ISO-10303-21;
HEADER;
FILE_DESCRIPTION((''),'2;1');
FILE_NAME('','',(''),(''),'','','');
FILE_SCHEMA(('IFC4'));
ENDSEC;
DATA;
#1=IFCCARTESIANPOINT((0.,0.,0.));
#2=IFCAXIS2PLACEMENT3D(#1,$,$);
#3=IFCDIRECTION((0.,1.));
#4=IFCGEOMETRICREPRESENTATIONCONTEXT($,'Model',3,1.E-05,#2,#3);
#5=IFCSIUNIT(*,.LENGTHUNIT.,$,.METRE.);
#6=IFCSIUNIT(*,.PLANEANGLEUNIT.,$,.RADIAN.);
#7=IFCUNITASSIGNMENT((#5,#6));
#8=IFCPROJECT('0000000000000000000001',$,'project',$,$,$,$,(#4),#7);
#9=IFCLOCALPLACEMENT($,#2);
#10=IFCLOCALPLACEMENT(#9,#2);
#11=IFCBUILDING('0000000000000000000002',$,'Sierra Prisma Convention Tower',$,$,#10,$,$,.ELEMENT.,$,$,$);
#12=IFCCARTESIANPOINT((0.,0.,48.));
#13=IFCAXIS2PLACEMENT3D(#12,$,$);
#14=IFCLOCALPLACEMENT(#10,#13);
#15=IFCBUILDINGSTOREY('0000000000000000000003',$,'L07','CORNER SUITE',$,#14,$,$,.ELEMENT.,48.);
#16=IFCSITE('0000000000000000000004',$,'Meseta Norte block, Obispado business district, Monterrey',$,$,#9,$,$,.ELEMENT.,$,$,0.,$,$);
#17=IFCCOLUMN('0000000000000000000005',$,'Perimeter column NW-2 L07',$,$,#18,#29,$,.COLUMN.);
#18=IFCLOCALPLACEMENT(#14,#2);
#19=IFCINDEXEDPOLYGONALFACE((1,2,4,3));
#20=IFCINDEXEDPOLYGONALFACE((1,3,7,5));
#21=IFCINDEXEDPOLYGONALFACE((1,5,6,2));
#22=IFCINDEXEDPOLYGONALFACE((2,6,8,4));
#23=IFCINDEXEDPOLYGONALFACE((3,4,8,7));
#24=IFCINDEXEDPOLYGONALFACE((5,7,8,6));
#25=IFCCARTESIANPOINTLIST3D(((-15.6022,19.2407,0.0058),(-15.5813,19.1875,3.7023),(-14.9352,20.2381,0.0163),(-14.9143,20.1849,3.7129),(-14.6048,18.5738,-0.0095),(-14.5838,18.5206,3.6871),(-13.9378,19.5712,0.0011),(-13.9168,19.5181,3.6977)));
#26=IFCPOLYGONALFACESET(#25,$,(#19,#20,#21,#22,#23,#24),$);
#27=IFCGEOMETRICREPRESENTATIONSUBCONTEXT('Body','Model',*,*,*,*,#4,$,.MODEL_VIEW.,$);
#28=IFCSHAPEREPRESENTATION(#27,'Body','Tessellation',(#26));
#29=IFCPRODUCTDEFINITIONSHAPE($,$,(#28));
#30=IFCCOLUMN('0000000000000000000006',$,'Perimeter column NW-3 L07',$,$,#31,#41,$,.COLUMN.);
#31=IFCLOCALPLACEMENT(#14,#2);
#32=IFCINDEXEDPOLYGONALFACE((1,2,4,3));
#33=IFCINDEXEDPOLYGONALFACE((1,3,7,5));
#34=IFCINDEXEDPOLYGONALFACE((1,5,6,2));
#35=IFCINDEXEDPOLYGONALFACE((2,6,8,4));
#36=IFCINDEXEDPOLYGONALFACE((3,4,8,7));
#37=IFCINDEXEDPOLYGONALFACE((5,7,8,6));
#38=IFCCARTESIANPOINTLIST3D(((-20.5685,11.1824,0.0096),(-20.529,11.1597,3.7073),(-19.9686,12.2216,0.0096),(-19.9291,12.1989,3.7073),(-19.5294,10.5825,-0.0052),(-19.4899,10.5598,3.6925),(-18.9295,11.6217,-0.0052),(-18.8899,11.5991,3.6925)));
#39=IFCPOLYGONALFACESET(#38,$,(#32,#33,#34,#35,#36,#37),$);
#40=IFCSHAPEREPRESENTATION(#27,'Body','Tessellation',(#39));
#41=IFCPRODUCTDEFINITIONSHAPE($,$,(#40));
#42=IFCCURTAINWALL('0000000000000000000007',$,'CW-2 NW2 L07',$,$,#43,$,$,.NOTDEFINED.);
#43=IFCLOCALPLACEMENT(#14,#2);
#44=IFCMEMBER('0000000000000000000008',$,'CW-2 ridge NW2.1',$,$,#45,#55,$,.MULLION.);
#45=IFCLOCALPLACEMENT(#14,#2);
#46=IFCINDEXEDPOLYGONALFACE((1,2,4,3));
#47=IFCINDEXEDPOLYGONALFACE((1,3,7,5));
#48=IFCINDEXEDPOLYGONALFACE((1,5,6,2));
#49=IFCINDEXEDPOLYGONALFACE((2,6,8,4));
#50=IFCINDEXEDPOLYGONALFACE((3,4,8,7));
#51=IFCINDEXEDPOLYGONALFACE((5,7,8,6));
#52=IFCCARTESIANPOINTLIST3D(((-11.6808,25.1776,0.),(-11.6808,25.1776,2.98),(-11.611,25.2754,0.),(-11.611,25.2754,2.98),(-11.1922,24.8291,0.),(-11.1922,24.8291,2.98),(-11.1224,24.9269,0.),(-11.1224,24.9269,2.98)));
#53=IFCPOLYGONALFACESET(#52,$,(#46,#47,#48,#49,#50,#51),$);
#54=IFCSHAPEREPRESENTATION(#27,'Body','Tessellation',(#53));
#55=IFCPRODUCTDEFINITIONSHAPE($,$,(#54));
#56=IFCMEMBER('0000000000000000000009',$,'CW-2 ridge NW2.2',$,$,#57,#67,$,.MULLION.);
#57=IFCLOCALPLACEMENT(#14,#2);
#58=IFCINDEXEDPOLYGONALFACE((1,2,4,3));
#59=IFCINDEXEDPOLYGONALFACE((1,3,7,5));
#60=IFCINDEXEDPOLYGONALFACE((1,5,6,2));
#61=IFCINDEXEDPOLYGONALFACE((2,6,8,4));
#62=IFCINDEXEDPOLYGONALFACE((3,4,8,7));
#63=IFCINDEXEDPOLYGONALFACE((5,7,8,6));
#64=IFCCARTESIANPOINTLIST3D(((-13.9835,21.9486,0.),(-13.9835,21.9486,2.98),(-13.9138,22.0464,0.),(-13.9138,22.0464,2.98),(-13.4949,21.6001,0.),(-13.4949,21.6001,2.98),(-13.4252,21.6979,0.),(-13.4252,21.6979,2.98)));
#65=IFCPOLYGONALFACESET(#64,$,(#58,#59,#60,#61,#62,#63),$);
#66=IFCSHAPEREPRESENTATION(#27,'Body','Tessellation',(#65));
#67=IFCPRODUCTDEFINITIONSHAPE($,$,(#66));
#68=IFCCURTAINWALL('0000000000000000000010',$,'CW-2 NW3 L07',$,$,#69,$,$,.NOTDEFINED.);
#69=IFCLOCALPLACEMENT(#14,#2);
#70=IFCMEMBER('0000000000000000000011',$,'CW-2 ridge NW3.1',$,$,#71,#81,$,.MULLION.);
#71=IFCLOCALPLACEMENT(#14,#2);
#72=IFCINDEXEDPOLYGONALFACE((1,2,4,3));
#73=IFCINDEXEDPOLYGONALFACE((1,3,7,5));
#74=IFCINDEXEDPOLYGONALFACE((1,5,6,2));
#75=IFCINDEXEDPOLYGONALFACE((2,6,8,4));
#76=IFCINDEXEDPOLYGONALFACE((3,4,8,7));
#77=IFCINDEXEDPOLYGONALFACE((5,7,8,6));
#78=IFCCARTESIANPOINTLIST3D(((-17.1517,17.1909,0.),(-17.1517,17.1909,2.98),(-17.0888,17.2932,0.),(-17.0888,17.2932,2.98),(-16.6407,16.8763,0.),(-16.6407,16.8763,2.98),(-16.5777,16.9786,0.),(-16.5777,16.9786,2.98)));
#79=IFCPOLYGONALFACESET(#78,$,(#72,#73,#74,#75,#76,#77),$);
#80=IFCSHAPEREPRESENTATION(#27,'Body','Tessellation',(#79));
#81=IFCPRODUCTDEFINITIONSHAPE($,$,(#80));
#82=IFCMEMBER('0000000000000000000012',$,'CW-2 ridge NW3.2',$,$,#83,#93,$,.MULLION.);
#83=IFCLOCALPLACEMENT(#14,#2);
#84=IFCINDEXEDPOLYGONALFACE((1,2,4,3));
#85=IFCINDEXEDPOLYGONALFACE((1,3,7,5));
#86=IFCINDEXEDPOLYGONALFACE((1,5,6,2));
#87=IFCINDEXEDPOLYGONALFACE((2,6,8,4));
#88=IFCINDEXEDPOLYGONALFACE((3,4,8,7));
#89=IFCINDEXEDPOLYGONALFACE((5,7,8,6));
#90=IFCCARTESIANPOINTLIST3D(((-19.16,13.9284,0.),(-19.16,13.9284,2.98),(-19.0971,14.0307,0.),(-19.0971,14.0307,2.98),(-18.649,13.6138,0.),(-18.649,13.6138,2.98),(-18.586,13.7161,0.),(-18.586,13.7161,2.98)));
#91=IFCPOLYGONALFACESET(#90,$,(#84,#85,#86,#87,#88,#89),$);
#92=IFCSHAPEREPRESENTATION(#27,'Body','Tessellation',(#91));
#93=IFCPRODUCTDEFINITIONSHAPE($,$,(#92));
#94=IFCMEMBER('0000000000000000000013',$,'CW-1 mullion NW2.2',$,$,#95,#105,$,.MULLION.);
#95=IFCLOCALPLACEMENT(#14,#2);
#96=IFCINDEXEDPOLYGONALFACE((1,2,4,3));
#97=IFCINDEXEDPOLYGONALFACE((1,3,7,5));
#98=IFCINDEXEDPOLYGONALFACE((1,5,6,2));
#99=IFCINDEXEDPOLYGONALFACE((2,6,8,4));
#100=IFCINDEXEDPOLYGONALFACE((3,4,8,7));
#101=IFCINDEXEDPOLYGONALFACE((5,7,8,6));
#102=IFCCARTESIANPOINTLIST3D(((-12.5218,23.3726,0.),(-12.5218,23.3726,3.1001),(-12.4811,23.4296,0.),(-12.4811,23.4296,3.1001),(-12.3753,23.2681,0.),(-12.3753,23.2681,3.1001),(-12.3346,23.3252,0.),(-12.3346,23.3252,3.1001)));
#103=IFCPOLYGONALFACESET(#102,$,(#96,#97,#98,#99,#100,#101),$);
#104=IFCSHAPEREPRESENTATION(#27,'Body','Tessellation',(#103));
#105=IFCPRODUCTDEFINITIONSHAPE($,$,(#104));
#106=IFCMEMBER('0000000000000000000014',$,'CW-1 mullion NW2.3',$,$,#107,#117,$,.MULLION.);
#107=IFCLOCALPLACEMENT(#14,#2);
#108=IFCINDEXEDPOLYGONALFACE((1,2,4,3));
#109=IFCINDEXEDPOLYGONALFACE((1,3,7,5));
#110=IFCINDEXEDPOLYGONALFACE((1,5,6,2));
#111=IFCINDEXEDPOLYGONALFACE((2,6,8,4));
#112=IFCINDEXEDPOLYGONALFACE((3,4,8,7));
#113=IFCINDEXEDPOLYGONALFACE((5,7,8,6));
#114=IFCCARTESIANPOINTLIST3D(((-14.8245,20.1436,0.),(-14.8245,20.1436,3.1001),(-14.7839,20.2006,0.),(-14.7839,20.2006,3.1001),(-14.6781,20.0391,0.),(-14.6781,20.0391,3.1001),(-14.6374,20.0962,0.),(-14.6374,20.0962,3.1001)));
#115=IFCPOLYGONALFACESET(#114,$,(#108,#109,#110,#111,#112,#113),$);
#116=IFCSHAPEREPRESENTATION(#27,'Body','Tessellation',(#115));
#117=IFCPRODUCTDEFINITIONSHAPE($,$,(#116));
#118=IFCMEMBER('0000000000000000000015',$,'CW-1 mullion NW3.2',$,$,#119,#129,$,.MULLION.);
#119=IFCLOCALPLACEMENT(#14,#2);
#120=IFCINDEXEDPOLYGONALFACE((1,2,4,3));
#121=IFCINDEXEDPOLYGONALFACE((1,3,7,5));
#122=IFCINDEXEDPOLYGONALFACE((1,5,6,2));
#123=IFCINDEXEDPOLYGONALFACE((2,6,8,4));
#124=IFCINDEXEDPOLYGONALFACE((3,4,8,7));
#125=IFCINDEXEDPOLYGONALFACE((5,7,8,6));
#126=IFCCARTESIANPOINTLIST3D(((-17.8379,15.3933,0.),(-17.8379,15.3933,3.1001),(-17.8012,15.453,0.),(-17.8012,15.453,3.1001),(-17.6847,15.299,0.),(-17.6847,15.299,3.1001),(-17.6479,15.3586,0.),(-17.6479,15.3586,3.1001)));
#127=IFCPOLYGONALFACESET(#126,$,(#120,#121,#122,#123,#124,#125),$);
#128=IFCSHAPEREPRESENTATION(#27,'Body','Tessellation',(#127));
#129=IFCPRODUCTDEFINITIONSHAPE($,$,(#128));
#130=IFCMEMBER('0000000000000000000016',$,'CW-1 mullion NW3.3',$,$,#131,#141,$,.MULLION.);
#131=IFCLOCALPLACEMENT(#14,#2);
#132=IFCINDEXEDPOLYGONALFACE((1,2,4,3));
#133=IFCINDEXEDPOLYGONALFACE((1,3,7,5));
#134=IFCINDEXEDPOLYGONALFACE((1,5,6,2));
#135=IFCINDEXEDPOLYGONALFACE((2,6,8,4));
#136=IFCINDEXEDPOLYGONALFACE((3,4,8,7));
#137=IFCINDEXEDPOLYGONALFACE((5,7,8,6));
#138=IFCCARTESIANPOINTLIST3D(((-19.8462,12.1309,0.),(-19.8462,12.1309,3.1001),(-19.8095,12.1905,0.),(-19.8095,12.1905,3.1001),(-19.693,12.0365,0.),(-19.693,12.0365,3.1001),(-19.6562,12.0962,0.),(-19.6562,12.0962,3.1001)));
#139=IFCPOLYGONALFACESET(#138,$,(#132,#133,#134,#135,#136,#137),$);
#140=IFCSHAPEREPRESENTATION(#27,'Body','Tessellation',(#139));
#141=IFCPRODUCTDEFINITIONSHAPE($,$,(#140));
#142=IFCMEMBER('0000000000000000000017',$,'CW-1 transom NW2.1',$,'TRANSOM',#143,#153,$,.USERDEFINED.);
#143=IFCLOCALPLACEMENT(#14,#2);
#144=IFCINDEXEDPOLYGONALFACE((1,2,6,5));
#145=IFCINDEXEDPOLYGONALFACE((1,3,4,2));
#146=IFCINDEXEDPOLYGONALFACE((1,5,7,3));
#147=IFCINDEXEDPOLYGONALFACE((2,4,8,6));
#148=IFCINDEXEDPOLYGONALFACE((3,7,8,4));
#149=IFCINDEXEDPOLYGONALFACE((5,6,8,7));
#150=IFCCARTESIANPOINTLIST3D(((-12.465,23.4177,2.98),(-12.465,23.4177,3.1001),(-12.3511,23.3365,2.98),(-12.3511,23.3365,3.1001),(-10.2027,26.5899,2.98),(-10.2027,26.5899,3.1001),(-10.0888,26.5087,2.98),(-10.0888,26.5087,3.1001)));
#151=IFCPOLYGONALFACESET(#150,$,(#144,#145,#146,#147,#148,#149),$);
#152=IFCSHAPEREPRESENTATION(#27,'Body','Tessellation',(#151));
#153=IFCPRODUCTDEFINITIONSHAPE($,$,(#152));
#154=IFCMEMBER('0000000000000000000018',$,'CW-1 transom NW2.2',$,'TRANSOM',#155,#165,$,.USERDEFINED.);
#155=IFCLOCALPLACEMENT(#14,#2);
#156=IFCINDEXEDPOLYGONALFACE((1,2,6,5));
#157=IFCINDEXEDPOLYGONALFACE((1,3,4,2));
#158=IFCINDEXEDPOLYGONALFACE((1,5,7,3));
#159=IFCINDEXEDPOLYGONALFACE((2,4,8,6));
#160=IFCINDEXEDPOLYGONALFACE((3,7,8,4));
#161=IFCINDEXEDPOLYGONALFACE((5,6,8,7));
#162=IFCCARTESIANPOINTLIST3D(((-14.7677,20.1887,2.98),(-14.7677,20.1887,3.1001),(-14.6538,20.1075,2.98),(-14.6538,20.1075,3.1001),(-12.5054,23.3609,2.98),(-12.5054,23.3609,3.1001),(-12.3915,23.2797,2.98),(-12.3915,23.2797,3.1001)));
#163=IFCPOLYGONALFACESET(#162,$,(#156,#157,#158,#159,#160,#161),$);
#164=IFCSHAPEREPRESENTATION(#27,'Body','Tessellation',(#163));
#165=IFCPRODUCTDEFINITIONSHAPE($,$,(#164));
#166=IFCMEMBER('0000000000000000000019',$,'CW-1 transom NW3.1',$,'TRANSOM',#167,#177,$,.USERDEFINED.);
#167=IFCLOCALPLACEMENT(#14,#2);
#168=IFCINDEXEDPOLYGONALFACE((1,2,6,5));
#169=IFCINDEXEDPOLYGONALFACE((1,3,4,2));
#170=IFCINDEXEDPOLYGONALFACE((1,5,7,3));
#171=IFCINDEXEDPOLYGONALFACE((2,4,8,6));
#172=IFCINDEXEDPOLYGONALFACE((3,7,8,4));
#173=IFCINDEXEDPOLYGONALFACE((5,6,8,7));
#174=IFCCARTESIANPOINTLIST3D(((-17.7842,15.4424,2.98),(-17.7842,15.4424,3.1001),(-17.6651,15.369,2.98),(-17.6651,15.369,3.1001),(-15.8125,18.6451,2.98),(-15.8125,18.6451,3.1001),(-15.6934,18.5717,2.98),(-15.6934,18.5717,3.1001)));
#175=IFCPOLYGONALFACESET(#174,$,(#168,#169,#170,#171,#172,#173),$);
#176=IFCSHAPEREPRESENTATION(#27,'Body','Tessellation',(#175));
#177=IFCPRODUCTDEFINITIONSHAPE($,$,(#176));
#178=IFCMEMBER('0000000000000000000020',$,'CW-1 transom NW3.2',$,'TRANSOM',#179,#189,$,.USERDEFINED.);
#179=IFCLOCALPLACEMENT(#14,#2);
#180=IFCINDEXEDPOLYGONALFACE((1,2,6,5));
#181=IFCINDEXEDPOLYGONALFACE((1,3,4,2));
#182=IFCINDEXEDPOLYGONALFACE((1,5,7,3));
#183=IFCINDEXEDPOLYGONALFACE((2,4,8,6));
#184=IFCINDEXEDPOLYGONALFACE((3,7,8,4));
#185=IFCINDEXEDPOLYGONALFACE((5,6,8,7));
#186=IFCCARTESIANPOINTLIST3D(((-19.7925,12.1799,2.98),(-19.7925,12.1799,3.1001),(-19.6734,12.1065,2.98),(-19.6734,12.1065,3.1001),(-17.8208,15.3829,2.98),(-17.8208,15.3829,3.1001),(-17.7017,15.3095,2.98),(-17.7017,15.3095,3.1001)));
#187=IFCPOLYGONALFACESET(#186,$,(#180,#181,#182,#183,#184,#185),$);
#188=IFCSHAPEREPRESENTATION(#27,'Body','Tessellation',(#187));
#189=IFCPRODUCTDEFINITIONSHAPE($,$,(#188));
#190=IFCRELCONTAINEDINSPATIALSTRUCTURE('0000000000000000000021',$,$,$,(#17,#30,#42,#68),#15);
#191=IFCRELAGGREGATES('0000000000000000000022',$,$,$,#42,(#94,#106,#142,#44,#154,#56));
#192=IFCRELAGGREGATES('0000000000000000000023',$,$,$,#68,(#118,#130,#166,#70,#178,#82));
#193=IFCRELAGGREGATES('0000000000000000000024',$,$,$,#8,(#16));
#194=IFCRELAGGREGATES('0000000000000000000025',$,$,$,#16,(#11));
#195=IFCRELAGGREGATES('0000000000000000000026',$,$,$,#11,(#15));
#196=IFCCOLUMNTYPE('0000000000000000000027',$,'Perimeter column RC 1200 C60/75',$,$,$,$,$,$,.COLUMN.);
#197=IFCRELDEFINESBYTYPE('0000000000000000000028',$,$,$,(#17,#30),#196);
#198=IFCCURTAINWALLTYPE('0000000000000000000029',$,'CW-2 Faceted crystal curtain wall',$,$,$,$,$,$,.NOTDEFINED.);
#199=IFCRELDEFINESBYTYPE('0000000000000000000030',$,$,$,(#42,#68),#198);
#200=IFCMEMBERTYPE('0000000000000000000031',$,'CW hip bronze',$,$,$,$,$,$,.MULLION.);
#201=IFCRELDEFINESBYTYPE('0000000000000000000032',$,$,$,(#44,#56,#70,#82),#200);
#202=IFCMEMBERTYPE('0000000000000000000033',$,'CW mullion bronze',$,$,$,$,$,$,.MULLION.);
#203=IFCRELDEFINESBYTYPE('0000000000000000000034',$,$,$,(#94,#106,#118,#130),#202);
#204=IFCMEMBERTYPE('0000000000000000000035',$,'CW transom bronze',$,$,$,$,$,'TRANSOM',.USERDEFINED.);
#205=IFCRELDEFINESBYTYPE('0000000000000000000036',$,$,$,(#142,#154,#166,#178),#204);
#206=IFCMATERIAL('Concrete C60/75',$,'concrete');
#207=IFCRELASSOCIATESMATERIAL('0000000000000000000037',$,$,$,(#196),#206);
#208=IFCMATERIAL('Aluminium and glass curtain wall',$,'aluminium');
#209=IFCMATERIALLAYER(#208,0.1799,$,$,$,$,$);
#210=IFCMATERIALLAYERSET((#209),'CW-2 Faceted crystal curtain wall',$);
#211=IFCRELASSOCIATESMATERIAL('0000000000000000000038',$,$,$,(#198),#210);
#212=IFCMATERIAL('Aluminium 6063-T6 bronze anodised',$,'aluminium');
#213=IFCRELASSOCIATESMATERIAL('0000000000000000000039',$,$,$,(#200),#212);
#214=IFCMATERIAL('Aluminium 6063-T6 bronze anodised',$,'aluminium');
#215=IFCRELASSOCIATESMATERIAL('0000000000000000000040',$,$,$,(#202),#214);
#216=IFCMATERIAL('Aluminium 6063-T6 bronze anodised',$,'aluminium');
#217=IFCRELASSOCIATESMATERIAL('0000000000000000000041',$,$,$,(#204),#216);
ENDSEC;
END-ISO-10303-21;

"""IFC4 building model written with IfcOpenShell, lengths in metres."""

from ifc_helpers import new_model, si_unit, direction, frame, origin, origin_2d, place, context, subcontext, project, spatial, rectangle, extrude, clip, halfspace, material, layer, layer_set, material_profile, profile_set, type_object, element, aggregate, save


model = new_model("IFC4")

# Units and contexts
model_context = context("Model", 3, precision=1e-05, world=origin(), true_north=direction((0.0, 1.0)))
body_context = subcontext(model_context, "Body", "Model", "MODEL_VIEW")
ifc_project = project(units=[si_unit("LENGTHUNIT", "METRE"), si_unit("PLANEANGLEUNIT", "RADIAN")], contexts=[model_context])

# Site, building, storey
site_placement = place(None, origin())
site = spatial("IfcSite", under=ifc_project, at=site_placement, Name="Meseta Norte block, Obispado business district, Monterrey", CompositionType="ELEMENT", RefElevation=0.0)
building_placement = place(site_placement, origin())
building = spatial("IfcBuilding", under=site, at=building_placement, Name="Sierra Prisma Convention Tower", CompositionType="ELEMENT")
storey_placement = place(building_placement, frame((0.0, 0.0, 48.0)))
storey = spatial("IfcBuildingStorey", under=building, at=storey_placement, Name="L07", Description="CORNER SUITE", CompositionType="ELEMENT", Elevation=48.0)

# Columns
ifc_material_1 = material(Name="Concrete C60/75", Category="concrete")
ifc_material_profile_1 = material_profile(ifc_material_1, rectangle(XDim=1.2, YDim=1.2, at=origin_2d()), Name="Perimeter column RC 1200 C60/75")
ifc_profile_set_1 = profile_set([ifc_material_profile_1], Name="Concrete C60/75")
column_type = type_object("IfcColumnType", Name="Perimeter column RC 1200 C60/75", PredefinedType="COLUMN", material=ifc_profile_set_1)
column_1_placement = place(storey_placement, frame((-14.77, 19.406, 0.0), z_axis=(0.005674, -0.014383, 0.99988), x_axis=(0.555854, 0.831233, 0.008803)))
element("IfcColumn", 1, at=column_1_placement, inside=storey, type_object=column_type, Name="Perimeter column NW-2 L07", PredefinedType="COLUMN", context=body_context, shape_type="SweptSolid", body=[
    clip(extrude(rectangle(XDim=1.2, YDim=1.2, at=origin_2d()), origin(), (0.0, 0.0, 1.0), 3.7004), halfspace(frame((0.0, 0.0, 0.0034)), True)),
])
column_2_placement = place(storey_placement, frame((-19.749, 11.4021, 0.0), z_axis=(0.010689, -0.006136, 0.999924), x_axis=(0.499971, 0.866042, -0.00003)))
element("IfcColumn", 2, at=column_2_placement, inside=storey, type_object=column_type, Name="Perimeter column NW-3 L07", PredefinedType="COLUMN", context=body_context, shape_type="SweptSolid", body=[
    clip(extrude(rectangle(XDim=1.2, YDim=1.2, at=origin_2d()), origin(), (0.0, 0.0, 1.0), 3.7002), halfspace(frame((0.0, 0.0, 0.0022)), True)),
])

# Curtain walls, members
ifc_material_2 = material(Name="Aluminium and glass curtain wall", Category="aluminium")
ifc_layer_1 = layer(ifc_material_2, 0.1799)
ifc_layer_set_1 = layer_set([ifc_layer_1], Name="CW-2 Faceted crystal curtain wall")
curtain_wall_type = type_object("IfcCurtainWallType", Name="CW-2 Faceted crystal curtain wall", PredefinedType="NOTDEFINED", material=ifc_layer_set_1)
curtain_wall_1_placement = place(storey_placement, origin())
curtain_wall_1 = element("IfcCurtainWall", 3, at=curtain_wall_1_placement, inside=storey, type_object=curtain_wall_type, Name="CW-2 NW2 L07", PredefinedType="NOTDEFINED")
ifc_material_3 = material(Name="Aluminium 6063-T6 bronze anodised", Category="aluminium")
ifc_material_profile_2 = material_profile(ifc_material_3, rectangle(XDim=0.1201, YDim=0.6001, at=origin_2d()), Name="ALU RIDGE BLADE 120x600")
ifc_profile_set_2 = profile_set([ifc_material_profile_2], Name="Aluminium 6063-T6 bronze anodised")
member_type_1 = type_object("IfcMemberType", Name="CW hip bronze", PredefinedType="MULLION", material=ifc_profile_set_2)
member_1_placement = place(storey_placement, frame((-11.4016, 25.0522, 0.0), z_axis=(0.0, 0.0, 1.0), x_axis=(-0.580616, -0.814178, 0.0)))
member_1 = element("IfcMember", 4, at=member_1_placement, type_object=member_type_1, Name="CW-2 ridge NW2.1", PredefinedType="MULLION", context=body_context, shape_type="SweptSolid", body=[
    extrude(rectangle(XDim=0.1201, YDim=0.6001, at=origin_2d()), origin(), (0.0, 0.0, 1.0), 2.98),
])
member_2_placement = place(storey_placement, frame((-13.7043, 21.8232, 0.0), z_axis=(0.0, 0.0, 1.0), x_axis=(-0.580616, -0.814178, 0.0)))
member_2 = element("IfcMember", 5, at=member_2_placement, type_object=member_type_1, Name="CW-2 ridge NW2.2", PredefinedType="MULLION", context=body_context, shape_type="SweptSolid", body=[
    extrude(rectangle(XDim=0.1201, YDim=0.6001, at=origin_2d()), origin(), (0.0, 0.0, 1.0), 2.98),
])
curtain_wall_2_placement = place(storey_placement, origin())
curtain_wall_2 = element("IfcCurtainWall", 6, at=curtain_wall_2_placement, inside=storey, type_object=curtain_wall_type, Name="CW-2 NW3 L07", PredefinedType="NOTDEFINED")
member_3_placement = place(storey_placement, frame((-16.8647, 17.0847, 0.0), z_axis=(0.0, 0.0, 1.0), x_axis=(-0.524223, -0.851581, 0.0)))
member_3 = element("IfcMember", 7, at=member_3_placement, type_object=member_type_1, Name="CW-2 ridge NW3.1", PredefinedType="MULLION", context=body_context, shape_type="SweptSolid", body=[
    extrude(rectangle(XDim=0.1201, YDim=0.6001, at=origin_2d()), origin(), (0.0, 0.0, 1.0), 2.98),
])
member_4_placement = place(storey_placement, frame((-18.873, 13.8223, 0.0), z_axis=(0.0, 0.0, 1.0), x_axis=(-0.524223, -0.851581, 0.0)))
member_4 = element("IfcMember", 8, at=member_4_placement, type_object=member_type_1, Name="CW-2 ridge NW3.2", PredefinedType="MULLION", context=body_context, shape_type="SweptSolid", body=[
    extrude(rectangle(XDim=0.1201, YDim=0.6001, at=origin_2d()), origin(), (0.0, 0.0, 1.0), 2.98),
])

# Members
ifc_material_4 = material(Name="Aluminium 6063-T6 bronze anodised", Category="aluminium")
ifc_material_profile_3 = material_profile(ifc_material_4, rectangle(XDim=0.1799, YDim=0.0701, at=origin_2d()), Name="ALU MULLION 70x180")
ifc_profile_set_3 = profile_set([ifc_material_profile_3], Name="Aluminium 6063-T6 bronze anodised")
member_type_2 = type_object("IfcMemberType", Name="CW mullion bronze", PredefinedType="MULLION", material=ifc_profile_set_3)
member_5_placement = place(storey_placement, frame((-12.4282, 23.3489, 0.0), z_axis=(0.0, 0.0, 1.0), x_axis=(0.814178, -0.580616, 0.0)))
member_5 = element("IfcMember", 9, at=member_5_placement, type_object=member_type_2, Name="CW-1 mullion NW2.2", PredefinedType="MULLION", context=body_context, shape_type="SweptSolid", body=[
    extrude(rectangle(XDim=0.1799, YDim=0.0701, at=origin_2d()), origin(), (0.0, 0.0, 1.0), 3.1001),
])
member_6_placement = place(storey_placement, frame((-14.731, 20.1199, 0.0), z_axis=(0.0, 0.0, 1.0), x_axis=(0.814178, -0.580616, 0.0)))
member_6 = element("IfcMember", 10, at=member_6_placement, type_object=member_type_2, Name="CW-1 mullion NW2.3", PredefinedType="MULLION", context=body_context, shape_type="SweptSolid", body=[
    extrude(rectangle(XDim=0.1799, YDim=0.0701, at=origin_2d()), origin(), (0.0, 0.0, 1.0), 3.1001),
])
member_7_placement = place(storey_placement, frame((-17.7429, 15.376, 0.0), z_axis=(0.0, 0.0, 1.0), x_axis=(0.851581, -0.524223, 0.0)))
member_7 = element("IfcMember", 11, at=member_7_placement, type_object=member_type_2, Name="CW-1 mullion NW3.2", PredefinedType="MULLION", context=body_context, shape_type="SweptSolid", body=[
    extrude(rectangle(XDim=0.1799, YDim=0.0701, at=origin_2d()), origin(), (0.0, 0.0, 1.0), 3.1001),
])
member_8_placement = place(storey_placement, frame((-19.7512, 12.1135, 0.0), z_axis=(0.0, 0.0, 1.0), x_axis=(0.851581, -0.524223, 0.0)))
member_8 = element("IfcMember", 12, at=member_8_placement, type_object=member_type_2, Name="CW-1 mullion NW3.3", PredefinedType="MULLION", context=body_context, shape_type="SweptSolid", body=[
    extrude(rectangle(XDim=0.1799, YDim=0.0701, at=origin_2d()), origin(), (0.0, 0.0, 1.0), 3.1001),
])
ifc_material_5 = material(Name="Aluminium 6063-T6 bronze anodised", Category="aluminium")
ifc_material_profile_4 = material_profile(ifc_material_5, rectangle(XDim=0.1399, YDim=0.1201, at=origin_2d()), Name="ALU TRANSOM 120x140")
ifc_profile_set_4 = profile_set([ifc_material_profile_4], Name="Aluminium 6063-T6 bronze anodised")
member_type_3 = type_object("IfcMemberType", Name="CW transom bronze", ElementType="TRANSOM", PredefinedType="USERDEFINED", material=ifc_profile_set_4)
member_9_placement = place(storey_placement, frame((-10.1458, 26.5493, 3.04), z_axis=(-0.580627, -0.814169, 0.0), x_axis=(0.814169, -0.580627, 0.0)))
member_9 = element("IfcMember", 13, at=member_9_placement, type_object=member_type_3, Name="CW-1 transom NW2.1", ObjectType="TRANSOM", PredefinedType="USERDEFINED", context=body_context, shape_type="SweptSolid", body=[
    extrude(rectangle(XDim=0.1399, YDim=0.1201, at=origin_2d()), origin(), (0.0, 0.0, 1.0), 3.8962),
])
member_10_placement = place(storey_placement, frame((-12.4485, 23.3203, 3.04), z_axis=(-0.580627, -0.814169, 0.0), x_axis=(0.814169, -0.580627, 0.0)))
member_10 = element("IfcMember", 14, at=member_10_placement, type_object=member_type_3, Name="CW-1 transom NW2.2", ObjectType="TRANSOM", PredefinedType="USERDEFINED", context=body_context, shape_type="SweptSolid", body=[
    extrude(rectangle(XDim=0.1399, YDim=0.1201, at=origin_2d()), origin(), (0.0, 0.0, 1.0), 3.8962),
])
member_11_placement = place(storey_placement, frame((-15.7529, 18.6084, 3.04), z_axis=(-0.524257, -0.85156, 0.0), x_axis=(0.85156, -0.524257, 0.0)))
member_11 = element("IfcMember", 15, at=member_11_placement, type_object=member_type_3, Name="CW-1 transom NW3.1", ObjectType="TRANSOM", PredefinedType="USERDEFINED", context=body_context, shape_type="SweptSolid", body=[
    extrude(rectangle(XDim=0.1399, YDim=0.1201, at=origin_2d()), origin(), (0.0, 0.0, 1.0), 3.761),
])
member_12_placement = place(storey_placement, frame((-17.7612, 15.3462, 3.04), z_axis=(-0.524228, -0.851578, 0.0), x_axis=(0.851578, -0.524228, 0.0)))
member_12 = element("IfcMember", 16, at=member_12_placement, type_object=member_type_3, Name="CW-1 transom NW3.2", ObjectType="TRANSOM", PredefinedType="USERDEFINED", context=body_context, shape_type="SweptSolid", body=[
    extrude(rectangle(XDim=0.1399, YDim=0.1201, at=origin_2d()), origin(), (0.0, 0.0, 1.0), 3.7612),
])

aggregate(curtain_wall_1, [member_5, member_6, member_9, member_1, member_10, member_2])
aggregate(curtain_wall_2, [member_7, member_8, member_11, member_3, member_12, member_4])

save(model, "model.ifc")
